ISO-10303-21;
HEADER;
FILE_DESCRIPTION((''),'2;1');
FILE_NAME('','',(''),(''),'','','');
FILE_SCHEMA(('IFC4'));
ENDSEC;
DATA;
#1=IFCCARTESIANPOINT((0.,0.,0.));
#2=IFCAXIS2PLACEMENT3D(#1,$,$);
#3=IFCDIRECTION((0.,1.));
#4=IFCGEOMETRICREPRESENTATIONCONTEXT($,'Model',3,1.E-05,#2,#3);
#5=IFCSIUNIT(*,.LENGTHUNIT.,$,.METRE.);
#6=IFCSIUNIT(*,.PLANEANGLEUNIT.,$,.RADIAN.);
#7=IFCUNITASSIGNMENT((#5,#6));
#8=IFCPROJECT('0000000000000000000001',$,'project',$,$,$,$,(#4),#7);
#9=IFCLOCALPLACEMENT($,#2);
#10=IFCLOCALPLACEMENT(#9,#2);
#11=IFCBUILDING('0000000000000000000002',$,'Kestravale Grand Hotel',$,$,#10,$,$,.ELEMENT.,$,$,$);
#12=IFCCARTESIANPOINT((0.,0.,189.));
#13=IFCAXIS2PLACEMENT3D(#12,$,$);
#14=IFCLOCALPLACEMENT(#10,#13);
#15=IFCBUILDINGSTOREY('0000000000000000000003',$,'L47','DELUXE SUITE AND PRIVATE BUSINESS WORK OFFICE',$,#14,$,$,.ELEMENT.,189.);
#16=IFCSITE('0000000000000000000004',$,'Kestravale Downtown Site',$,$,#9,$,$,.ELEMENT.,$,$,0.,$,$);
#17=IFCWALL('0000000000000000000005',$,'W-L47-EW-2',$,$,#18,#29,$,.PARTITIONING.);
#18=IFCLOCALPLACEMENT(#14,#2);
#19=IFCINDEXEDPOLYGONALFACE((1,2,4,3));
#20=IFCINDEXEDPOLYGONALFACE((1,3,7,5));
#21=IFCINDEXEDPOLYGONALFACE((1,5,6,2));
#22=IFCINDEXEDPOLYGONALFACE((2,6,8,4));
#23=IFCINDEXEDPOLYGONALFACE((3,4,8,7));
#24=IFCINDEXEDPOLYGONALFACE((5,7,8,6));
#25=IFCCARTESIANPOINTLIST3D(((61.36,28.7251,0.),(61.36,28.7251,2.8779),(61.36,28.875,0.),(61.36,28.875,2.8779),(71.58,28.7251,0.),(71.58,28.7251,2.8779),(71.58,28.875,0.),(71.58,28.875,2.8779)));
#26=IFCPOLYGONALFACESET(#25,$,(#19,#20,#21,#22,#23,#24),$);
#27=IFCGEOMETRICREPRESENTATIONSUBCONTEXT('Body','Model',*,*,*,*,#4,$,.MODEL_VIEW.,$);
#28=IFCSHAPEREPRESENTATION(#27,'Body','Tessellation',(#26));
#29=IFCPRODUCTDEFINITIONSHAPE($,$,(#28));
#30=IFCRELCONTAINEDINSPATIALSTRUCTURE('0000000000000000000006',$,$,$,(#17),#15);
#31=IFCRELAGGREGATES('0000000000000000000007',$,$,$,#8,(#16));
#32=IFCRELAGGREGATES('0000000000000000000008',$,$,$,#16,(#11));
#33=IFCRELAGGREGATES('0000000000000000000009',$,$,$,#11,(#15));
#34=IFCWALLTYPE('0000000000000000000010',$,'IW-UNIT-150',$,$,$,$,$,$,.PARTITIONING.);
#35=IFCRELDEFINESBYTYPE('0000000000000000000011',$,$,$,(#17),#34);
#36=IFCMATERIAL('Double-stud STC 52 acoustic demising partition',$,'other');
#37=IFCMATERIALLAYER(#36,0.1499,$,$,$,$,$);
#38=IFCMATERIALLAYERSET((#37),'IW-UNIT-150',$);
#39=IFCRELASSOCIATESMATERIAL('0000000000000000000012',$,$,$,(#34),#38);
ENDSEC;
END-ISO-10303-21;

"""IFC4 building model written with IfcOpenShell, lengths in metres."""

from ifc_helpers import new_model, si_unit, direction, frame, frame_2d, origin, place, context, subcontext, project, spatial, rectangle, extrude, material, layer, layer_set, type_object, element, save


model = new_model("IFC4")

# Units and contexts
model_context = context("Model", 3, precision=1e-05, world=origin(), true_north=direction((0.0, 1.0)))
body_context = subcontext(model_context, "Body", "Model", "MODEL_VIEW")
ifc_project = project(units=[si_unit("LENGTHUNIT", "METRE"), si_unit("PLANEANGLEUNIT", "RADIAN")], contexts=[model_context])

# Site, building, storey
site_placement = place(None, origin())
site = spatial("IfcSite", under=ifc_project, at=site_placement, Name="Kestravale Downtown Site", CompositionType="ELEMENT", RefElevation=0.0)
building_placement = place(site_placement, origin())
building = spatial("IfcBuilding", under=site, at=building_placement, Name="Kestravale Grand Hotel", CompositionType="ELEMENT")
storey_placement = place(building_placement, frame((0.0, 0.0, 189.0)))
storey = spatial("IfcBuildingStorey", under=building, at=storey_placement, Name="L47", Description="DELUXE SUITE AND PRIVATE BUSINESS WORK OFFICE", CompositionType="ELEMENT", Elevation=189.0)

# Wall
ifc_material_1 = material(Name="Double-stud STC 52 acoustic demising partition", Category="other")
ifc_layer_1 = layer(ifc_material_1, 0.1499)
ifc_layer_set_1 = layer_set([ifc_layer_1], Name="IW-UNIT-150")
wall_type_1 = type_object("IfcWallType", Name="IW-UNIT-150", PredefinedType="PARTITIONING", material=ifc_layer_set_1)
for number, where, z_axis, x_axis, name in (
    (1, (61.3601, 28.8, 0.0), (0.0, 0.0, 1.0), (1.0, 0.0, 0.0), "W-L47-EW-2"),
):
    element("IfcWall", number, at=place(storey_placement, frame(where, z_axis=z_axis, x_axis=x_axis)), inside=storey, type_object=wall_type_1, Name=name, PredefinedType="PARTITIONING", context=body_context, shape_type="SweptSolid", body=[
        extrude(rectangle(XDim=10.22, YDim=0.1499, at=frame_2d((5.1099, 0.0))), origin(), (0.0, 0.0, 1.0), 2.8779),
    ])

save(model, "model.ifc")
